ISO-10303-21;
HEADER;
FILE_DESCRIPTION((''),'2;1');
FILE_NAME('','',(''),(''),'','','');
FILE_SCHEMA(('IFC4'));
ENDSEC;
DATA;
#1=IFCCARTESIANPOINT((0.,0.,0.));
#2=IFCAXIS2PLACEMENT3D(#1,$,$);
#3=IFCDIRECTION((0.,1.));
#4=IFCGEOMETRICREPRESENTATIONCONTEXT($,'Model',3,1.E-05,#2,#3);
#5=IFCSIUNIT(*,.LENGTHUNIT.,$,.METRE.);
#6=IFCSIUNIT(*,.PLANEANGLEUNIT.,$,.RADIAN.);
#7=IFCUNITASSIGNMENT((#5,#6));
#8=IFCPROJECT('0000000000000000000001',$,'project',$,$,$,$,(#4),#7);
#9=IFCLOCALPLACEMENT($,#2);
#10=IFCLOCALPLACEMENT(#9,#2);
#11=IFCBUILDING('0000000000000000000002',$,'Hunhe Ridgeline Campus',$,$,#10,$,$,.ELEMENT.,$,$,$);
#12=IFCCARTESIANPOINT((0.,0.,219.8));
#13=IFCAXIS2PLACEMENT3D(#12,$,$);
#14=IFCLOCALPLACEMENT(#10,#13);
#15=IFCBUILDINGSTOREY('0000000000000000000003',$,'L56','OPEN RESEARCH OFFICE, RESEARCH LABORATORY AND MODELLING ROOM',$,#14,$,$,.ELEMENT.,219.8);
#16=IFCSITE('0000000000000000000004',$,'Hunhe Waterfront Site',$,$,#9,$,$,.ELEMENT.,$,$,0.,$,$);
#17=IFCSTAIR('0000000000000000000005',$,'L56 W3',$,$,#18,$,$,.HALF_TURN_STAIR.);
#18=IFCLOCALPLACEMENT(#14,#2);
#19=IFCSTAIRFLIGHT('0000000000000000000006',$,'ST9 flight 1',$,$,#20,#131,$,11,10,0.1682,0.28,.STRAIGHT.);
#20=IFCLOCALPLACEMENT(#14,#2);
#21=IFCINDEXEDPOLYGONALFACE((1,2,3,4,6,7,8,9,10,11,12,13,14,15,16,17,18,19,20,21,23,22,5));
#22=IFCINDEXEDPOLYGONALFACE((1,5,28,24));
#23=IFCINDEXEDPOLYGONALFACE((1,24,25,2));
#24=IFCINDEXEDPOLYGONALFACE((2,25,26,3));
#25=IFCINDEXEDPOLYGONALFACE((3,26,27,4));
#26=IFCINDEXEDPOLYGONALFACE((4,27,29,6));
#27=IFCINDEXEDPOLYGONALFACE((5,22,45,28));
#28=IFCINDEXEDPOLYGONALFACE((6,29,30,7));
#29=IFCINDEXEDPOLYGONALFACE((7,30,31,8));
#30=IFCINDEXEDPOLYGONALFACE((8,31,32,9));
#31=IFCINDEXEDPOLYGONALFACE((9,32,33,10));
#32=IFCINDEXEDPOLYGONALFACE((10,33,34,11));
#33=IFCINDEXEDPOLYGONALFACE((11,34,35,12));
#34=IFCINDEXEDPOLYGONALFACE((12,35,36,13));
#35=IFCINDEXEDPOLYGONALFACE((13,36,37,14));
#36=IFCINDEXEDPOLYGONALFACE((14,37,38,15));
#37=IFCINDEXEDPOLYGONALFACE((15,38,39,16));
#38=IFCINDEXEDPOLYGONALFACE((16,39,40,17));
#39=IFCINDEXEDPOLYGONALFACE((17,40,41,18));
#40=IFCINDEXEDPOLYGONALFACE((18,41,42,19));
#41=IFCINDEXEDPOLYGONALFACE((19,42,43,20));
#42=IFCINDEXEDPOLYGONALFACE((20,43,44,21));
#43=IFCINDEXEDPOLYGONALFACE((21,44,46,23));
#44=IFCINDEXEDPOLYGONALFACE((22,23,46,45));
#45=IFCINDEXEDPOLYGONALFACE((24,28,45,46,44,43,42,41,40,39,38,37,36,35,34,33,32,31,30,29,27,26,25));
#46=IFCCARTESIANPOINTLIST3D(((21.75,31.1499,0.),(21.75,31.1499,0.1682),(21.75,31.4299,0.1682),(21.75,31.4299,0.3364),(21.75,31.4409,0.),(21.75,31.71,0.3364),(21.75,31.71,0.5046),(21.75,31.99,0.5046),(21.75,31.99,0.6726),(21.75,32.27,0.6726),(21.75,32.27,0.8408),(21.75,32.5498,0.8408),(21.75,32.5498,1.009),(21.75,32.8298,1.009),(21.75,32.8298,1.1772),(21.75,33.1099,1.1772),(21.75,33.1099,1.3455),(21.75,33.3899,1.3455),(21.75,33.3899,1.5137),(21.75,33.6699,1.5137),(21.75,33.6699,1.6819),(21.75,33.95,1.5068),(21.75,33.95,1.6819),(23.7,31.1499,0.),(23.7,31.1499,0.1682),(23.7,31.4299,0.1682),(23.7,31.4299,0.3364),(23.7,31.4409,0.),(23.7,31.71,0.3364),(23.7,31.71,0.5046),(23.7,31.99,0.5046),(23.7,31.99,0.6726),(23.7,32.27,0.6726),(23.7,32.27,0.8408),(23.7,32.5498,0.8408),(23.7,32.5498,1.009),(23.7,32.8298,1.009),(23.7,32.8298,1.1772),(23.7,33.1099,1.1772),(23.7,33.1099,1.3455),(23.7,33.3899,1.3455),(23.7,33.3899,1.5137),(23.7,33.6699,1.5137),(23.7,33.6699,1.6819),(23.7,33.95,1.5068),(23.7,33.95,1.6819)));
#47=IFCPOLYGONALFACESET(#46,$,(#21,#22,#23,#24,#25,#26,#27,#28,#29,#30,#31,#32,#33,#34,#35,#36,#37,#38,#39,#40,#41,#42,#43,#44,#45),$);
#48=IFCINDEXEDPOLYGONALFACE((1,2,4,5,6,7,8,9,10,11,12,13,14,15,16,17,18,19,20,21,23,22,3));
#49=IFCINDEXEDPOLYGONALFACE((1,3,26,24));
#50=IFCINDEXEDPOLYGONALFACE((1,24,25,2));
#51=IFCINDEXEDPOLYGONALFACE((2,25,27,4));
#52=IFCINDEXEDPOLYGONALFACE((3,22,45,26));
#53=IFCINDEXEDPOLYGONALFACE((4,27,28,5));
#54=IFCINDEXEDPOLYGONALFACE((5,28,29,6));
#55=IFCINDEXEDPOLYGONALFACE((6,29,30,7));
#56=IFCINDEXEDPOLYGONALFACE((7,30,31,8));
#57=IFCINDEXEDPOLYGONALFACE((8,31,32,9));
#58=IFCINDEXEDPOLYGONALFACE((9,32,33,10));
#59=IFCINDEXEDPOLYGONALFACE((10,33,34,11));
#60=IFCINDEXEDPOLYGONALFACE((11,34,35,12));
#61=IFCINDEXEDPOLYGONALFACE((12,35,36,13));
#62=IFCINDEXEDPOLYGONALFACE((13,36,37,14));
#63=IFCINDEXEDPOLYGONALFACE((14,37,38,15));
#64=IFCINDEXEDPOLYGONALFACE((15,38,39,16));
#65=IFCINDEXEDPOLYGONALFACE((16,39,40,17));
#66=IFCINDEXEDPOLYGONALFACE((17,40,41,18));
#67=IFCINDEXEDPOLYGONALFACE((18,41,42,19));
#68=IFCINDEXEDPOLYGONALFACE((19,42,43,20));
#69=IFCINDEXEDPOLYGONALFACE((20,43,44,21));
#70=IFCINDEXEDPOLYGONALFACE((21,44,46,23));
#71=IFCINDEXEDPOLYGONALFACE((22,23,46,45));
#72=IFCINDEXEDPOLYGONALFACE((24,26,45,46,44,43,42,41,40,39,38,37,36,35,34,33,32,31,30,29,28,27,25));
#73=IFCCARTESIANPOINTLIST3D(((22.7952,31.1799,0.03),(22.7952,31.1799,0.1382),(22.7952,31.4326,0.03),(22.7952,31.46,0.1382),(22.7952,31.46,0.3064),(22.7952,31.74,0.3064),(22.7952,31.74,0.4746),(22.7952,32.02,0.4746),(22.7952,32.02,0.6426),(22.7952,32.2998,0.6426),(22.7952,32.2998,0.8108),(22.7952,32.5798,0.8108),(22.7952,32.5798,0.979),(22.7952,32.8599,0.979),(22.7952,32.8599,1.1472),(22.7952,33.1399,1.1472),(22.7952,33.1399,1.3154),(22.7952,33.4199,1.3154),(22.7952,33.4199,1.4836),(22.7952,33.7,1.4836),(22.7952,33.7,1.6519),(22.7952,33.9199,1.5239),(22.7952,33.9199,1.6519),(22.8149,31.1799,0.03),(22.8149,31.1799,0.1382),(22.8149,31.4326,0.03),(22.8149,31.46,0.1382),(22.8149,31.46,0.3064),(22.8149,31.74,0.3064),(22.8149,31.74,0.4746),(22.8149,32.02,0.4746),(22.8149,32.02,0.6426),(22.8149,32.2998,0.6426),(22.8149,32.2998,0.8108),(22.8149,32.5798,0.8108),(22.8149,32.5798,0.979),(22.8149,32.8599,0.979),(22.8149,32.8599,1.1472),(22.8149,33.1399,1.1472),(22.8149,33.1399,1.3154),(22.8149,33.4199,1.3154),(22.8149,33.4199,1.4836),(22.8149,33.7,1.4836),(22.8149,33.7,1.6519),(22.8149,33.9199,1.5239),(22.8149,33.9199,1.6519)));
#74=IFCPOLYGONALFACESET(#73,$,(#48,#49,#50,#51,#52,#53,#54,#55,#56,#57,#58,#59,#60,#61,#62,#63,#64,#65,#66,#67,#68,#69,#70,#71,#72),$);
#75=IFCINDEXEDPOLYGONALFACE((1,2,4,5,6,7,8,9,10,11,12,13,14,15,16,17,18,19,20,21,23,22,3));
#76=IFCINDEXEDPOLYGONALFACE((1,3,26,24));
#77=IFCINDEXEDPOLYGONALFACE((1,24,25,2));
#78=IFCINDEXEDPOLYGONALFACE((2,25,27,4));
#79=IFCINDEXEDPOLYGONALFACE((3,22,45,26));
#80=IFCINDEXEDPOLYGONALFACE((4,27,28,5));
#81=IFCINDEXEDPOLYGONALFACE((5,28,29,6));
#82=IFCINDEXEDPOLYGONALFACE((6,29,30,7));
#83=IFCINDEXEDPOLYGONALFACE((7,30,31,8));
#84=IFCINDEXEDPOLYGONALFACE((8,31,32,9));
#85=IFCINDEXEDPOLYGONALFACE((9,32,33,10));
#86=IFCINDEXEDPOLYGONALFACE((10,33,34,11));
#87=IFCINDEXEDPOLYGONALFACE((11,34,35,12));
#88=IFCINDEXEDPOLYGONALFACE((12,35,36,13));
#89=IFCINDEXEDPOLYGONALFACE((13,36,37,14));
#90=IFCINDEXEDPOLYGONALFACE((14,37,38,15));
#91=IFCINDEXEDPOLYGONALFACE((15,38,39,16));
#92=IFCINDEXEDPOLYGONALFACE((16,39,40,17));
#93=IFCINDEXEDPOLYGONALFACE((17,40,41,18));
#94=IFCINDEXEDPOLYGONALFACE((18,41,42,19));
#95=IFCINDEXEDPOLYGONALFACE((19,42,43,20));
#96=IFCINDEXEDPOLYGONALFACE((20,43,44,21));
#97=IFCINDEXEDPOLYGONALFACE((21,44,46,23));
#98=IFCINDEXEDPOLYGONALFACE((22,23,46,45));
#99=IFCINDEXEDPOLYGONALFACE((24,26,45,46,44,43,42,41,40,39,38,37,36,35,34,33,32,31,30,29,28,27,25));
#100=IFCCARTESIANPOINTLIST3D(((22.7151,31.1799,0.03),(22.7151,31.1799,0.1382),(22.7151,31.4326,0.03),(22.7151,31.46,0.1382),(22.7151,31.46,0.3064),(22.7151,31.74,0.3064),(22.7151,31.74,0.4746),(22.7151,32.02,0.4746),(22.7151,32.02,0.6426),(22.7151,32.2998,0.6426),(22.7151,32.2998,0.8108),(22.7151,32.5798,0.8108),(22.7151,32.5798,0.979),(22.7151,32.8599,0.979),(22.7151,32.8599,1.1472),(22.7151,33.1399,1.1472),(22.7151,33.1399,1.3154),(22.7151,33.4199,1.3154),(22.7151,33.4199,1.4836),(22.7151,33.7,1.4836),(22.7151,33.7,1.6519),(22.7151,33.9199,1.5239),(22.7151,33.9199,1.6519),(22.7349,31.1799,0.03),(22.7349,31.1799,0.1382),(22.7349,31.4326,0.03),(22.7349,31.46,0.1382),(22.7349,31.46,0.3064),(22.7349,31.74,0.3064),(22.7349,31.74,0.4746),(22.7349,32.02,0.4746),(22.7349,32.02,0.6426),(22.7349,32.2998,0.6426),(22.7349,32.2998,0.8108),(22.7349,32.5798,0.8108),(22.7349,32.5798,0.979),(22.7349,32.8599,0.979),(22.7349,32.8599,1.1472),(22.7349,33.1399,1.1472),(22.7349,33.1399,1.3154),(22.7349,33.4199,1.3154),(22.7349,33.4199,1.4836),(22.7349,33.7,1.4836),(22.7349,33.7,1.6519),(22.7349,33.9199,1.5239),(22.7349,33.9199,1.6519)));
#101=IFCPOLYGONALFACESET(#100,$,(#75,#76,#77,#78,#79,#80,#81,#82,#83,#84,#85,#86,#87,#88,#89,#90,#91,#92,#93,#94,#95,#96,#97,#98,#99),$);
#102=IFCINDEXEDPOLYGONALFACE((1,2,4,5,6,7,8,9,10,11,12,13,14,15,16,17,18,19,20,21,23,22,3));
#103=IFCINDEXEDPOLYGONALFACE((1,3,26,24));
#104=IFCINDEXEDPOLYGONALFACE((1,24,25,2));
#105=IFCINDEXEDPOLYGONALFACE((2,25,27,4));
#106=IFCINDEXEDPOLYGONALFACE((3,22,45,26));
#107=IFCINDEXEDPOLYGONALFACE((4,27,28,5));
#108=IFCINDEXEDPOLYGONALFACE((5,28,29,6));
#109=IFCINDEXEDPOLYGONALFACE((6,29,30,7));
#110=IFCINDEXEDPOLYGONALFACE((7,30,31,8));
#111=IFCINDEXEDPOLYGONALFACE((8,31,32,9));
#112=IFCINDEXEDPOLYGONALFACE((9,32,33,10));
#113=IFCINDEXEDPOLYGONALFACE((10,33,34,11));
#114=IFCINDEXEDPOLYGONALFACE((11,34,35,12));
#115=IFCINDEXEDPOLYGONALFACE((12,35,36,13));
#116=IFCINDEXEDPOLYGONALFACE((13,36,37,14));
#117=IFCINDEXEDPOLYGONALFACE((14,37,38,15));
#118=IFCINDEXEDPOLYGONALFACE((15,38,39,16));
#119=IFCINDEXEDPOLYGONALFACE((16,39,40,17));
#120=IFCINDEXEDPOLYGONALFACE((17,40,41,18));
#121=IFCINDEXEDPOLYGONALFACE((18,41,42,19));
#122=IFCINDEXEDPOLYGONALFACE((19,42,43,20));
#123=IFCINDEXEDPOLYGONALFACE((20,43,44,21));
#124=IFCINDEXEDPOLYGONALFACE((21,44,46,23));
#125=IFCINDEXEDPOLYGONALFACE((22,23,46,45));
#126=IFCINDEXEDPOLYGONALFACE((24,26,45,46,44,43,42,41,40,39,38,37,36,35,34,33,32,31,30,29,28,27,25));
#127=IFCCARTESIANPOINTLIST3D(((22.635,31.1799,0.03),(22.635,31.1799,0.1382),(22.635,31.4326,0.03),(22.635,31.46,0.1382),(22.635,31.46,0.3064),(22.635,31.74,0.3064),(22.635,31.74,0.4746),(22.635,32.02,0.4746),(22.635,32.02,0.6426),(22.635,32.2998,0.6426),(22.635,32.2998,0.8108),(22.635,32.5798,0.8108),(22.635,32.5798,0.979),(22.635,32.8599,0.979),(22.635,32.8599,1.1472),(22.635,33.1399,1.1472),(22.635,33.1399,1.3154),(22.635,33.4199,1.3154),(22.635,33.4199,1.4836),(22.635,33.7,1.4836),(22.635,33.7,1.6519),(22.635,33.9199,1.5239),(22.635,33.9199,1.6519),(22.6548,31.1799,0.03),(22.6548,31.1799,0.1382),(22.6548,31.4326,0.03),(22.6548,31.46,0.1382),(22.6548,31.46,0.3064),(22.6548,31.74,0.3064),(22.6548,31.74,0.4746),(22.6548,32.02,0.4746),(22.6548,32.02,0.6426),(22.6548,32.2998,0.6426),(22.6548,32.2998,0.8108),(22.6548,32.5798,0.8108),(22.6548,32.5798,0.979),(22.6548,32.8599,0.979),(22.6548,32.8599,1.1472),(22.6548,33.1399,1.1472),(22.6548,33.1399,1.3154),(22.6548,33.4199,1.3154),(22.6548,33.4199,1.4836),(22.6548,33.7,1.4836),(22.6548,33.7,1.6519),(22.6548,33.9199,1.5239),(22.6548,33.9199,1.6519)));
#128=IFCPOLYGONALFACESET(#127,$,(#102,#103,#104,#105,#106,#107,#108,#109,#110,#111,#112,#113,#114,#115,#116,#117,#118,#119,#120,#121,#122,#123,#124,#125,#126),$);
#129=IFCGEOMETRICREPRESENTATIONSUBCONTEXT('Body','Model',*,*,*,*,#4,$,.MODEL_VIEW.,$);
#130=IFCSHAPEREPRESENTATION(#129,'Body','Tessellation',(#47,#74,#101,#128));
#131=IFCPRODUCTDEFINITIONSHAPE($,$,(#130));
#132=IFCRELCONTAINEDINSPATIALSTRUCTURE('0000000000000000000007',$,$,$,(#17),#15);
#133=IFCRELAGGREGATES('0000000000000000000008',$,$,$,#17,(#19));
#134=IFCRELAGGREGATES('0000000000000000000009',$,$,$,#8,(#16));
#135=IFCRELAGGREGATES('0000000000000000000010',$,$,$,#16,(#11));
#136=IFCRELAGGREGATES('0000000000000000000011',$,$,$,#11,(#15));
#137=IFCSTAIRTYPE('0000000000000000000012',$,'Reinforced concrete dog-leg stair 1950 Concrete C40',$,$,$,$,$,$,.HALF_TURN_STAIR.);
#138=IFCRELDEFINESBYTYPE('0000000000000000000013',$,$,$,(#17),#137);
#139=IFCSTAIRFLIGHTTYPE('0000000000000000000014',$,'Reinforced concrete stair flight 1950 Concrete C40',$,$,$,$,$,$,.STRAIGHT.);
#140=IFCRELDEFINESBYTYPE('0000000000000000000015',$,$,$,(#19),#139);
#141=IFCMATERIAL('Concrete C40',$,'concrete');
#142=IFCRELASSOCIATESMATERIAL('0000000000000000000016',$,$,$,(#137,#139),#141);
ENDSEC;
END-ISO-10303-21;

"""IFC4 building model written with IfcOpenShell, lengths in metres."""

from ifc_helpers import new_model, si_unit, direction, frame, origin, place, context, subcontext, project, spatial, polyline, outline, extrude, material, type_object, element, aggregate, save


model = new_model("IFC4")

# Units and contexts
model_context = context("Model", 3, precision=1e-05, world=origin(), true_north=direction((0.0, 1.0)))
body_context = subcontext(model_context, "Body", "Model", "MODEL_VIEW")
ifc_project = project(units=[si_unit("LENGTHUNIT", "METRE"), si_unit("PLANEANGLEUNIT", "RADIAN")], contexts=[model_context])

# Site, building, storey
site_placement = place(None, origin())
site = spatial("IfcSite", under=ifc_project, at=site_placement, Name="Hunhe Waterfront Site", CompositionType="ELEMENT", RefElevation=0.0)
building_placement = place(site_placement, origin())
building = spatial("IfcBuilding", under=site, at=building_placement, Name="Hunhe Ridgeline Campus", CompositionType="ELEMENT")
storey_placement = place(building_placement, frame((0.0, 0.0, 219.8)))
storey = spatial("IfcBuildingStorey", under=building, at=storey_placement, Name="L56", Description="OPEN RESEARCH OFFICE, RESEARCH LABORATORY AND MODELLING ROOM", CompositionType="ELEMENT", Elevation=219.8)

# Stair, stair flight
ifc_material_1 = material(Name="Concrete C40", Category="concrete")
stair_type = type_object("IfcStairType", Name="Reinforced concrete dog-leg stair 1950 Concrete C40", PredefinedType="HALF_TURN_STAIR", material=ifc_material_1)
stair_placement = place(storey_placement, origin())
stair = element("IfcStair", 1, at=stair_placement, inside=storey, type_object=stair_type, Name="L56 W3", PredefinedType="HALF_TURN_STAIR")
stair_flight_type = type_object("IfcStairFlightType", Name="Reinforced concrete stair flight 1950 Concrete C40", PredefinedType="STRAIGHT", material=ifc_material_1)
stair_flight_1_placement = place(storey_placement, frame((22.7251, 31.1499, 0.0), z_axis=(0.0, 0.0, 1.0), x_axis=(0.0, 1.0, 0.0)))
stair_flight_1 = element("IfcStairFlight", 2, at=stair_flight_1_placement, type_object=stair_flight_type, Name="ST9 flight 1", NumberOfRisers=11, NumberOfTreads=10, PredefinedType="STRAIGHT", RiserHeight=0.1682, TreadLength=0.28, context=body_context, shape_type="SweptSolid", body=[
    extrude(outline(polyline([(0.0, 0.0), (0.0, 0.1682), (0.28, 0.1682), (0.28, 0.3364), (0.5601, 0.3364), (0.5601, 0.5046), (0.8401, 0.5046), (0.8401, 0.6726), (1.1201, 0.6726), (1.1201, 0.8408), (1.3999, 0.8408), (1.3999, 1.009), (1.6799, 1.009), (1.6799, 1.1772), (1.96, 1.1772), (1.96, 1.3455), (2.24, 1.3455), (2.24, 1.5137), (2.52, 1.5137), (2.52, 1.6819), (2.8, 1.6819), (2.8, 1.8501), (2.8, 1.5068), (0.291, 0.0), (0.0, 0.0)])), frame((0.0, 0.9751, 0.0), z_axis=(0.0, -1.0, 0.0), x_axis=(1.0, 0.0, 0.0)), (0.0, 0.0, 1.0), 1.95),
    extrude(outline(polyline([(0.03, 0.03), (0.03, 0.1382), (0.3101, 0.1382), (0.3101, 0.3064), (0.5901, 0.3064), (0.5901, 0.4746), (0.8701, 0.4746), (0.8701, 0.6426), (1.1499, 0.6426), (1.1499, 0.8108), (1.4299, 0.8108), (1.4299, 0.979), (1.71, 0.979), (1.71, 1.1472), (1.99, 1.1472), (1.99, 1.3154), (2.27, 1.3154), (2.27, 1.4836), (2.55, 1.4836), (2.55, 1.6519), (2.77, 1.6519), (2.77, 1.5239), (0.2827, 0.03), (0.03, 0.03)])), frame((0.0, -0.0701, 0.0), z_axis=(0.0, -1.0, 0.0), x_axis=(1.0, 0.0, 0.0)), (0.0, 0.0, 1.0), 0.0198),
    extrude(outline(polyline([(0.03, 0.03), (0.03, 0.1382), (0.3101, 0.1382), (0.3101, 0.3064), (0.5901, 0.3064), (0.5901, 0.4746), (0.8701, 0.4746), (0.8701, 0.6426), (1.1499, 0.6426), (1.1499, 0.8108), (1.4299, 0.8108), (1.4299, 0.979), (1.71, 0.979), (1.71, 1.1472), (1.99, 1.1472), (1.99, 1.3154), (2.27, 1.3154), (2.27, 1.4836), (2.55, 1.4836), (2.55, 1.6519), (2.77, 1.6519), (2.77, 1.5239), (0.2827, 0.03), (0.03, 0.03)])), frame((0.0, 0.01, 0.0), z_axis=(0.0, -1.0, 0.0), x_axis=(1.0, 0.0, 0.0)), (0.0, 0.0, 1.0), 0.0198),
    extrude(outline(polyline([(0.03, 0.03), (0.03, 0.1382), (0.3101, 0.1382), (0.3101, 0.3064), (0.5901, 0.3064), (0.5901, 0.4746), (0.8701, 0.4746), (0.8701, 0.6426), (1.1499, 0.6426), (1.1499, 0.8108), (1.4299, 0.8108), (1.4299, 0.979), (1.71, 0.979), (1.71, 1.1472), (1.99, 1.1472), (1.99, 1.3154), (2.27, 1.3154), (2.27, 1.4836), (2.55, 1.4836), (2.55, 1.6519), (2.77, 1.6519), (2.77, 1.5239), (0.2827, 0.03), (0.03, 0.03)])), frame((0.0, 0.0901, 0.0), z_axis=(0.0, -1.0, 0.0), x_axis=(1.0, 0.0, 0.0)), (0.0, 0.0, 1.0), 0.0198),
])
aggregate(stair, [stair_flight_1])

save(model, "model.ifc")
